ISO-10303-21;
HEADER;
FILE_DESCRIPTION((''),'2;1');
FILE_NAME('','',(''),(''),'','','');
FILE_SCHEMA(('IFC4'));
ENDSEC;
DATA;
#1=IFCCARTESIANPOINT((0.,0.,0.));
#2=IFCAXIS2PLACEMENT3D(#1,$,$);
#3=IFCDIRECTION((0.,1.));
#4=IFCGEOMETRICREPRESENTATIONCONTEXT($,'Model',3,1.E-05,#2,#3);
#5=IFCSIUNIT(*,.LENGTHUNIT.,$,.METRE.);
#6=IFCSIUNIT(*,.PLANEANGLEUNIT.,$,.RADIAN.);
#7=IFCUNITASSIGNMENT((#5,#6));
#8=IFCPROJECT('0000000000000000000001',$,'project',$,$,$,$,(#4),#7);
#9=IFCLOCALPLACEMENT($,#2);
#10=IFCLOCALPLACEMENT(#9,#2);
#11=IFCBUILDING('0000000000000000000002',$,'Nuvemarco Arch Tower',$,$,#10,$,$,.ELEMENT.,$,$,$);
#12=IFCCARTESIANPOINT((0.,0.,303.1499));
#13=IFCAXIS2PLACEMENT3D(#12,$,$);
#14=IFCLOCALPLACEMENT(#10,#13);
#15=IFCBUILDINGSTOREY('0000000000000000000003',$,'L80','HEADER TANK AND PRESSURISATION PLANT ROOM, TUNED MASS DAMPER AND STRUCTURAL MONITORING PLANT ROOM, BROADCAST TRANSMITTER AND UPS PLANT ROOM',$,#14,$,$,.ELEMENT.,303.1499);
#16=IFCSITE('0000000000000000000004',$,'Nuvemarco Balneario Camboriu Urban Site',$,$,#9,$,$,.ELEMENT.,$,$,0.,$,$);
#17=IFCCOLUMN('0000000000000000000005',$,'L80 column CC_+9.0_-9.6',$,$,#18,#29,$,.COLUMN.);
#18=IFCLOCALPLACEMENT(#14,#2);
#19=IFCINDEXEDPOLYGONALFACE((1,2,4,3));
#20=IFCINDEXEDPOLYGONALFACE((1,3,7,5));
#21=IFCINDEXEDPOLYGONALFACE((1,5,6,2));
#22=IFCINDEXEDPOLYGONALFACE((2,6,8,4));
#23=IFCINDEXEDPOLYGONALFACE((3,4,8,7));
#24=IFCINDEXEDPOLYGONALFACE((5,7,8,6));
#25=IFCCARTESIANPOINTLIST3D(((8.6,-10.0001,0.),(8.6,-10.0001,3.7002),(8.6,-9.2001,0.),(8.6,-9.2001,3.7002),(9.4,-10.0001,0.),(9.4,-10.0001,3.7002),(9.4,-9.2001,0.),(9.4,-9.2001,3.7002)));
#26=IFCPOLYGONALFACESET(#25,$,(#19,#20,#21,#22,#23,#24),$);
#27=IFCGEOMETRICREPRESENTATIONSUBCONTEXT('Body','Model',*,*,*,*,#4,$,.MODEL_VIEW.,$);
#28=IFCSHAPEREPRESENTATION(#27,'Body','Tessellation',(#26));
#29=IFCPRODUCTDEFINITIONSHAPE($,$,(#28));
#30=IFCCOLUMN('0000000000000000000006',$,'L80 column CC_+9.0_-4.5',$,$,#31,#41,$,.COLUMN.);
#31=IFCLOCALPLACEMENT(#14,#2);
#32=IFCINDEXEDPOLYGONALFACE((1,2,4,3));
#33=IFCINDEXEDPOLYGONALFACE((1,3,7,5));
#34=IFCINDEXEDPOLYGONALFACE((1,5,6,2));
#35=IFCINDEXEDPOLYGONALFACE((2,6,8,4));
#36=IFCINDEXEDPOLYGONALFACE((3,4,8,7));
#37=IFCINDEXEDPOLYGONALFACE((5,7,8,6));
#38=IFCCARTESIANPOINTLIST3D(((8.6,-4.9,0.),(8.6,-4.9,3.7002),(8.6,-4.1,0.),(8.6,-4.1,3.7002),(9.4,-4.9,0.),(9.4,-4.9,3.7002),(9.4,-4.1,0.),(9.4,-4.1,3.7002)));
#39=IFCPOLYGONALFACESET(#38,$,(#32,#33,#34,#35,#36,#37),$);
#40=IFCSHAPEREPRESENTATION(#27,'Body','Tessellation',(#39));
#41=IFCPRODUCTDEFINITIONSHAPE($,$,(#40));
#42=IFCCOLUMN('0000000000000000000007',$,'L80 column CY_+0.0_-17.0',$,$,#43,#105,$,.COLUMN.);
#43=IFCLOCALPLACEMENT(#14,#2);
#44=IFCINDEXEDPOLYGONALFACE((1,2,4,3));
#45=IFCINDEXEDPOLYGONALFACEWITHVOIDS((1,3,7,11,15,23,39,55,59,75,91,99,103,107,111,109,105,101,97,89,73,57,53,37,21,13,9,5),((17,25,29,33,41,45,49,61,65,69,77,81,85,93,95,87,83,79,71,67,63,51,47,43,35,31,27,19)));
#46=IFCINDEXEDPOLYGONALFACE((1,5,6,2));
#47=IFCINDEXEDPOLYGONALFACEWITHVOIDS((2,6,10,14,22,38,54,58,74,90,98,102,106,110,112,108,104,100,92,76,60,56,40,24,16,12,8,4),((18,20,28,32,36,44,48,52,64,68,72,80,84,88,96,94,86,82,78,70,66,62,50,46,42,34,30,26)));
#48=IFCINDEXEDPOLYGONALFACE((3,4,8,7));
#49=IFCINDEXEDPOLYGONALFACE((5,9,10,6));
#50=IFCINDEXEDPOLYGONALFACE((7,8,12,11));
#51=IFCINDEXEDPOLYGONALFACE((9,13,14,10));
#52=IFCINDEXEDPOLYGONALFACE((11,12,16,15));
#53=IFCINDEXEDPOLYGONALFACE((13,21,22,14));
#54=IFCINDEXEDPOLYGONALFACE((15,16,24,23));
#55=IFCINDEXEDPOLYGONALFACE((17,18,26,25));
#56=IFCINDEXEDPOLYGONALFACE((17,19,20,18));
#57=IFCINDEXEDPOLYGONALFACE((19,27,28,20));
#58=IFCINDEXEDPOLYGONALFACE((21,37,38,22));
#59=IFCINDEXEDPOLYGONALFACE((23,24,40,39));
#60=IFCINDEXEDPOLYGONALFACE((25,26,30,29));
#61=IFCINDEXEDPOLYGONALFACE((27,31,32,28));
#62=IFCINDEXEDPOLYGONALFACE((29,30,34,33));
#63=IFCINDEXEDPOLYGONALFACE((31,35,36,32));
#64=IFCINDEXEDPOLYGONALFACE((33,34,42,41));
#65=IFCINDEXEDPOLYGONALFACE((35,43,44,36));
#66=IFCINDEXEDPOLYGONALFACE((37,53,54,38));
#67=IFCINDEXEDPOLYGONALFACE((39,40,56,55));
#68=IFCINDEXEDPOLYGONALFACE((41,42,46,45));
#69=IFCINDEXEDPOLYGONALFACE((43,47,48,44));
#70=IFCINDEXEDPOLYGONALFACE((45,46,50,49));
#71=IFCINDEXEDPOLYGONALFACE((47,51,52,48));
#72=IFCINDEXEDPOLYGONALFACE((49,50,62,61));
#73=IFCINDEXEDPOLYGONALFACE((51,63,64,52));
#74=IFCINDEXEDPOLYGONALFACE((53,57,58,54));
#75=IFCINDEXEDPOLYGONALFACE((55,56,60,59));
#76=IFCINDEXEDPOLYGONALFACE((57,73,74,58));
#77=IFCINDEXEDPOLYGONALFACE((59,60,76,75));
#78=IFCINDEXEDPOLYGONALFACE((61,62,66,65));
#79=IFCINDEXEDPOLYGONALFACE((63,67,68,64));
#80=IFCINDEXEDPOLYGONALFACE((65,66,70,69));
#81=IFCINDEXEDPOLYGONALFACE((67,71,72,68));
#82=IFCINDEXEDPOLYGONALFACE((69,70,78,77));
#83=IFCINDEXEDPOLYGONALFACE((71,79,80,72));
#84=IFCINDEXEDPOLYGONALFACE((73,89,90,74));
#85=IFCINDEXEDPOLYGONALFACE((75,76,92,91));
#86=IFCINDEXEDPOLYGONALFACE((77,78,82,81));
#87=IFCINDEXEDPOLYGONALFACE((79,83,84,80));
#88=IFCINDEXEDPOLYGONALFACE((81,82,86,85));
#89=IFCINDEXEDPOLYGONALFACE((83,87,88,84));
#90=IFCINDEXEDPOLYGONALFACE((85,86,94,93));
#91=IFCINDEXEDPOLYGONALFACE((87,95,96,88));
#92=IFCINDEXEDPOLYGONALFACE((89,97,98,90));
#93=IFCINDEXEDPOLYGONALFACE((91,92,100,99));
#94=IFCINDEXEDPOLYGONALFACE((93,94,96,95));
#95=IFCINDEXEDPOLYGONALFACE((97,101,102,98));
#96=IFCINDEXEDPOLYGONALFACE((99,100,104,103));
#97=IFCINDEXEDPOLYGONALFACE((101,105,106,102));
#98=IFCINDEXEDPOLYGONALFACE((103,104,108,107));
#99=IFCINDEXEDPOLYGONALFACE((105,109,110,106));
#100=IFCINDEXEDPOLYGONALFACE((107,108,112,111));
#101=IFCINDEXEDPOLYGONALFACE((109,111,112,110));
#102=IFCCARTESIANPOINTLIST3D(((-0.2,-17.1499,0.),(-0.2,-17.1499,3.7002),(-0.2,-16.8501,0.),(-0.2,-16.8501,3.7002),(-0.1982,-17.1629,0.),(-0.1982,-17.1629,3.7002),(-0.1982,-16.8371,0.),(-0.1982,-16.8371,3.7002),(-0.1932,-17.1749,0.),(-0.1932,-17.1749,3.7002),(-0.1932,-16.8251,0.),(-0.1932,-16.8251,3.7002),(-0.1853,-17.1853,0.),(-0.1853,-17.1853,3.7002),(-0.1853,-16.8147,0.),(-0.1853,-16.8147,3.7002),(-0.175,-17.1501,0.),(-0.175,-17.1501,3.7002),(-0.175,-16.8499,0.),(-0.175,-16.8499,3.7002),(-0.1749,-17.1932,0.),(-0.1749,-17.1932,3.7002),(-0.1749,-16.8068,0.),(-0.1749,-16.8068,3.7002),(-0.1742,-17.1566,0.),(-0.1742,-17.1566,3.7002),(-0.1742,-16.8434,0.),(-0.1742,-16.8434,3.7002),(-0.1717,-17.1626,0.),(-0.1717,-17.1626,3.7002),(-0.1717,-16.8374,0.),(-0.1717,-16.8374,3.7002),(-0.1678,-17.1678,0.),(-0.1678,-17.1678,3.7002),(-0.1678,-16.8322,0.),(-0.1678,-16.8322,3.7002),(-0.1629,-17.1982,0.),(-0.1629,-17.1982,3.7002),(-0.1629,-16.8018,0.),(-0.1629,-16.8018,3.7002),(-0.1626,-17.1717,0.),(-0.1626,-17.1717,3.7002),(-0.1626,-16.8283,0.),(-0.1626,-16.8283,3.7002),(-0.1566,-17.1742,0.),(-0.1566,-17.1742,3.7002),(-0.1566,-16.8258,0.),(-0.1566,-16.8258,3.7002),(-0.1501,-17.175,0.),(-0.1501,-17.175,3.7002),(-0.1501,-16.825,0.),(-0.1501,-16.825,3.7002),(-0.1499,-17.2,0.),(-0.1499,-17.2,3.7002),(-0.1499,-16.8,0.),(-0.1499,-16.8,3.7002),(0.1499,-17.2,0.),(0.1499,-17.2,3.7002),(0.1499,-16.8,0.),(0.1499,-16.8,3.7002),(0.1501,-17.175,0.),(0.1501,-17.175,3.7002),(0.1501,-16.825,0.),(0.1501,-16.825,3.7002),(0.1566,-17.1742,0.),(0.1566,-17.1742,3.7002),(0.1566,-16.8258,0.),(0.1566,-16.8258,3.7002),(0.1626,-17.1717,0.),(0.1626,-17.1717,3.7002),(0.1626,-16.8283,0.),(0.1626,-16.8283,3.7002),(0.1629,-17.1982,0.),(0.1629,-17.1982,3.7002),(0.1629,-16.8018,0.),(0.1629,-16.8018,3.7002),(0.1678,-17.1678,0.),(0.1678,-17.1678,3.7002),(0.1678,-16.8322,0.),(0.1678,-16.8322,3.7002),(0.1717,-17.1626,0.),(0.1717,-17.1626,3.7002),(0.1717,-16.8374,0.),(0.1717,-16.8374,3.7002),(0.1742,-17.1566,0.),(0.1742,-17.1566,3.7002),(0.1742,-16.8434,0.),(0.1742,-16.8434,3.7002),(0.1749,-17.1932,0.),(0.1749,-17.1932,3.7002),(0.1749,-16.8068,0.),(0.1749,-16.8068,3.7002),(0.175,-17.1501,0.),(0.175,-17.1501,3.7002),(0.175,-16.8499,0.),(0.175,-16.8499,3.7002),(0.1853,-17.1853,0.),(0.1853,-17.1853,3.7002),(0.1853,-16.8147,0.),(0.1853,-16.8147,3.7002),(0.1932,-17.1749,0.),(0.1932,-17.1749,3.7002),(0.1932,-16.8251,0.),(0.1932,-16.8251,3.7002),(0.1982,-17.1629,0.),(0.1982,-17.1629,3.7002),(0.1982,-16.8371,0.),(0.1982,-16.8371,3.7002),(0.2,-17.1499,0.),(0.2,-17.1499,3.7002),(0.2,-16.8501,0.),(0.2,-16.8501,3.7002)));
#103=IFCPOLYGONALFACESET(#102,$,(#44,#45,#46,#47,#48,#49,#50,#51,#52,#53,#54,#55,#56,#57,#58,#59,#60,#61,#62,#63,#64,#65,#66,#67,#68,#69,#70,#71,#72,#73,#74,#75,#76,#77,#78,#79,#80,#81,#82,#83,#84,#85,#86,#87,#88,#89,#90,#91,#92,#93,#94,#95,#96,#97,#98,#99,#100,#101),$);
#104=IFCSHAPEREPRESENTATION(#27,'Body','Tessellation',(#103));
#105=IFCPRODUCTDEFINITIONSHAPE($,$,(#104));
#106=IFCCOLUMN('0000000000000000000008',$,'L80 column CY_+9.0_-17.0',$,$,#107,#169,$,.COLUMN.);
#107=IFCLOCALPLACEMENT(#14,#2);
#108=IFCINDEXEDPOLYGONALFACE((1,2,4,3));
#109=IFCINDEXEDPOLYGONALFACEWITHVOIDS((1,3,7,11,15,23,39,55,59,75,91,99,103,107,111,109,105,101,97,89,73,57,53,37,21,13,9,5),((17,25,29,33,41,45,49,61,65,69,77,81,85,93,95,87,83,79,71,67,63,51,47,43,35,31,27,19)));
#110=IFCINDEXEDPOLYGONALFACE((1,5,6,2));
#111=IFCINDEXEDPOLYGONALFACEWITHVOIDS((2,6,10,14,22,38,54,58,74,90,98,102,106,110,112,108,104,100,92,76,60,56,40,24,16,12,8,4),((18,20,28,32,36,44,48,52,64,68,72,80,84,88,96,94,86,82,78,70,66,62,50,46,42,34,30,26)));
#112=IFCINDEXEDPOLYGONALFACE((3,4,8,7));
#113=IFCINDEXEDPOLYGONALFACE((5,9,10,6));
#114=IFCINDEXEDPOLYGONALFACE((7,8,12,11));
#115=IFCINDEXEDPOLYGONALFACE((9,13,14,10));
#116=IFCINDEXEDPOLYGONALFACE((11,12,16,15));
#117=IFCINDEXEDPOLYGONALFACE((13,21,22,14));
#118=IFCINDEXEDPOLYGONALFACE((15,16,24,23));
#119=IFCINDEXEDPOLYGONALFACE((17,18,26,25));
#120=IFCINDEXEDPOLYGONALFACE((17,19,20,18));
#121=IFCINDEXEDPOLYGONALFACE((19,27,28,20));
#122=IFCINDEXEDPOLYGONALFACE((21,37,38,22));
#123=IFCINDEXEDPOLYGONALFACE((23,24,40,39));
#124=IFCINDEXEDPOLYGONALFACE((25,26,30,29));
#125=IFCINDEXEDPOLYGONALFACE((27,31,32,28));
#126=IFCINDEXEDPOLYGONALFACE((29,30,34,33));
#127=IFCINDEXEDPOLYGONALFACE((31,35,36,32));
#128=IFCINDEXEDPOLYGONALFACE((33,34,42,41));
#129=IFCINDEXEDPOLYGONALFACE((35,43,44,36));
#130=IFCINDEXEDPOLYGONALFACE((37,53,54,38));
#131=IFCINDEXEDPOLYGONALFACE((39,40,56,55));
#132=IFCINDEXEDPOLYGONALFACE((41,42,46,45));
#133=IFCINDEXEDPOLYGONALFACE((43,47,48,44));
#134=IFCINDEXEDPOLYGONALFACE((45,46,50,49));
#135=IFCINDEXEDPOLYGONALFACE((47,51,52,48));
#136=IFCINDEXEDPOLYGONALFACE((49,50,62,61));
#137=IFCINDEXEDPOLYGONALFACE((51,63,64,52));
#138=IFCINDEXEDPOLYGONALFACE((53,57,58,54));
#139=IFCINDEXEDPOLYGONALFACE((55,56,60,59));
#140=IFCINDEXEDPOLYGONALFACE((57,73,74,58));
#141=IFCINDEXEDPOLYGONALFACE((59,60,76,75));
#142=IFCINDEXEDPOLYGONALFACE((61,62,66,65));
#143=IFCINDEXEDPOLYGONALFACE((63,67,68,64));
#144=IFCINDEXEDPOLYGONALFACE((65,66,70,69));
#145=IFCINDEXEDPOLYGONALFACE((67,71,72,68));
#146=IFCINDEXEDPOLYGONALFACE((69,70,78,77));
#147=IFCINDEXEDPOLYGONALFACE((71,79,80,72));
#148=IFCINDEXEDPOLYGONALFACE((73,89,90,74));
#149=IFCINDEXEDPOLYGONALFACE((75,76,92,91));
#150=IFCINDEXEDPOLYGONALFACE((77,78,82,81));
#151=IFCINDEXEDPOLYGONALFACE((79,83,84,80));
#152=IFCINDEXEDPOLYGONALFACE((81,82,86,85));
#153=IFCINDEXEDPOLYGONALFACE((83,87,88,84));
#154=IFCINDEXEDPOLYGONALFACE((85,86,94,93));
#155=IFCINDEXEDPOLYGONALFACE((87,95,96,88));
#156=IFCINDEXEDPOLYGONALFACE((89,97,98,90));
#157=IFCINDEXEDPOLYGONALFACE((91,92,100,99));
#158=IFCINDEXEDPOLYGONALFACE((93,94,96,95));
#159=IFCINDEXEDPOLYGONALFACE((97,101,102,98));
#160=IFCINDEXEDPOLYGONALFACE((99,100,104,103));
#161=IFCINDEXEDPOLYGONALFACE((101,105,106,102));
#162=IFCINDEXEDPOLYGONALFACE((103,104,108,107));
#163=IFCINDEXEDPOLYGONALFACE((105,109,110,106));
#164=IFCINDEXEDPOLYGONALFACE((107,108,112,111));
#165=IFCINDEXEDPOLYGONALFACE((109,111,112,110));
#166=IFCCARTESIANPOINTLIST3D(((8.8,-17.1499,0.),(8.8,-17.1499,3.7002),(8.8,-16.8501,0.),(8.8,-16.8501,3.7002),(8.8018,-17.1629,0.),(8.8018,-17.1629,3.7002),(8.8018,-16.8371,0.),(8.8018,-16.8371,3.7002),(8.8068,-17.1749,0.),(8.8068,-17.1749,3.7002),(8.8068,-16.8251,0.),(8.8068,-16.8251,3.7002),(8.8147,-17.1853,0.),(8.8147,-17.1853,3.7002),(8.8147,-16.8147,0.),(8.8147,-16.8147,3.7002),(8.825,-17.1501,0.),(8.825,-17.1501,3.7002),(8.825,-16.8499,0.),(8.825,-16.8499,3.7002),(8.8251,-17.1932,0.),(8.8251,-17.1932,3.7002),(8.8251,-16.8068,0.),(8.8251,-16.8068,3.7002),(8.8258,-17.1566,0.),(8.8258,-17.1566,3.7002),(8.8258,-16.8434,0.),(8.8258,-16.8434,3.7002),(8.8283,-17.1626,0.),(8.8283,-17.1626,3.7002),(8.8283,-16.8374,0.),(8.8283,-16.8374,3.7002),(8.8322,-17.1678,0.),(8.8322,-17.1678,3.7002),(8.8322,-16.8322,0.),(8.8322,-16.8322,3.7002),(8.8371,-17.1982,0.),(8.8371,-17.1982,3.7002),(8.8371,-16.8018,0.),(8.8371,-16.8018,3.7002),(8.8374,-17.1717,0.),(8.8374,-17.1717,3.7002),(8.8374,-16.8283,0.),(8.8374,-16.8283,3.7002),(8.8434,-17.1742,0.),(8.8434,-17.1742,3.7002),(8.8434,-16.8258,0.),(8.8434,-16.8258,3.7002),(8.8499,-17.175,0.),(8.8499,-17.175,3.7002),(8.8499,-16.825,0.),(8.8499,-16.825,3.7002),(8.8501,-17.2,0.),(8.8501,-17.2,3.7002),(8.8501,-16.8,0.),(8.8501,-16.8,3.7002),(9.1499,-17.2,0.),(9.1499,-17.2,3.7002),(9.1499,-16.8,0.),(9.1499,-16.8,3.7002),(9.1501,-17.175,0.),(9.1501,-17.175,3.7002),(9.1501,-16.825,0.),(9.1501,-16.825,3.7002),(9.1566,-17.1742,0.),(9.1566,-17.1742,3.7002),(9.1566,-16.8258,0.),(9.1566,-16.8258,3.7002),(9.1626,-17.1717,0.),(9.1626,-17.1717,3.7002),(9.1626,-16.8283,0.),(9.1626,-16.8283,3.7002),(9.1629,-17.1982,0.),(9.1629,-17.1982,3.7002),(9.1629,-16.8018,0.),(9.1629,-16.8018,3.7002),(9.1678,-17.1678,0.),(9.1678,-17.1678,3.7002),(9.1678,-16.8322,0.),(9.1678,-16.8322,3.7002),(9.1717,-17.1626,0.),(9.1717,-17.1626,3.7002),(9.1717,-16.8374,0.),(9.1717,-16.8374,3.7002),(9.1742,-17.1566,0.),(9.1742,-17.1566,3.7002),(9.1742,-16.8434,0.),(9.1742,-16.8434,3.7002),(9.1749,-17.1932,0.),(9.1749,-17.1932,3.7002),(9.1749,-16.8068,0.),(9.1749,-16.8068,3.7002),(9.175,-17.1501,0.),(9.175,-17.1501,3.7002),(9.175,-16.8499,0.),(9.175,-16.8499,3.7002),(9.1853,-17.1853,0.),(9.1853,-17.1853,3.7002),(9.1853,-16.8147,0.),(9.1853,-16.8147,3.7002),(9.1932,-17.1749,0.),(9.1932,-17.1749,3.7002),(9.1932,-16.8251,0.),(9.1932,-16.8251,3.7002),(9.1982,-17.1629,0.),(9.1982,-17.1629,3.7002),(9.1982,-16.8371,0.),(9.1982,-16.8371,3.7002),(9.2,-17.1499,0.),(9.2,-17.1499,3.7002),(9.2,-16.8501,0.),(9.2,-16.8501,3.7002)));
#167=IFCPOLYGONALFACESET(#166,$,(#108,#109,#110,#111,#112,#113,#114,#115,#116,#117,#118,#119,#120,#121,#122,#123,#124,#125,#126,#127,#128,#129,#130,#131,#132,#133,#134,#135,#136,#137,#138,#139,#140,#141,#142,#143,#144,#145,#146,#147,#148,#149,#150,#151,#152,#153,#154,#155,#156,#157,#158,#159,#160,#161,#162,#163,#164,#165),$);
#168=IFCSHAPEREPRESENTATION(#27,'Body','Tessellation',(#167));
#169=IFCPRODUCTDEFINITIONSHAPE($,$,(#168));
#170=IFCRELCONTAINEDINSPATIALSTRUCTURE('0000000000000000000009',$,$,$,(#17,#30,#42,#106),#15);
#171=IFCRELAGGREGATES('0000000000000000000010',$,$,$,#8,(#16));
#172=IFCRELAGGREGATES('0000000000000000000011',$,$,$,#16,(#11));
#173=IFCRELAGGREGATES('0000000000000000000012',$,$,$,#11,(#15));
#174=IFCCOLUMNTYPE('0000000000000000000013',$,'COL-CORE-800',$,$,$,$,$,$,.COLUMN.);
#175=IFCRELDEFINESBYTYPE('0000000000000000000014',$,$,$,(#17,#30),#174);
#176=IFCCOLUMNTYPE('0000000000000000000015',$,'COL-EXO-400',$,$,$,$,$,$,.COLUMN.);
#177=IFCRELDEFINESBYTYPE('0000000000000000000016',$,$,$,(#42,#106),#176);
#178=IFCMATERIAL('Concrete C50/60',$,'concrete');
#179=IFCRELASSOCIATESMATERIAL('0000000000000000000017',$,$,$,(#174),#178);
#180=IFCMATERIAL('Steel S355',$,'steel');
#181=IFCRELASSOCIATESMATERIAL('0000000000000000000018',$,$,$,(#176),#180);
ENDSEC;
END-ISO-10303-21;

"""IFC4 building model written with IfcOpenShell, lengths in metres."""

from ifc_helpers import new_model, si_unit, direction, frame, origin, origin_2d, place, context, subcontext, project, spatial, rectangle, hollow_rectangle, extrude, material, material_profile, profile_set, type_object, element, save


model = new_model("IFC4")

# Units and contexts
model_context = context("Model", 3, precision=1e-05, world=origin(), true_north=direction((0.0, 1.0)))
body_context = subcontext(model_context, "Body", "Model", "MODEL_VIEW")
ifc_project = project(units=[si_unit("LENGTHUNIT", "METRE"), si_unit("PLANEANGLEUNIT", "RADIAN")], contexts=[model_context])

# Site, building, storey
site_placement = place(None, origin())
site = spatial("IfcSite", under=ifc_project, at=site_placement, Name="Nuvemarco Balneario Camboriu Urban Site", CompositionType="ELEMENT", RefElevation=0.0)
building_placement = place(site_placement, origin())
building = spatial("IfcBuilding", under=site, at=building_placement, Name="Nuvemarco Arch Tower", CompositionType="ELEMENT")
storey_placement = place(building_placement, frame((0.0, 0.0, 303.1499)))
storey = spatial("IfcBuildingStorey", under=building, at=storey_placement, Name="L80", Description="HEADER TANK AND PRESSURISATION PLANT ROOM, TUNED MASS DAMPER AND STRUCTURAL MONITORING PLANT ROOM, BROADCAST TRANSMITTER AND UPS PLANT ROOM", CompositionType="ELEMENT", Elevation=303.1499)

# Columns
ifc_material_1 = material(Name="Concrete C50/60", Category="concrete")
ifc_material_profile_1 = material_profile(ifc_material_1, rectangle(XDim=0.8, YDim=0.8, at=origin_2d()), Name="RC-COL-800x800")
ifc_profile_set_1 = profile_set([ifc_material_profile_1], Name="Concrete C50/60")
column_type_1 = type_object("IfcColumnType", Name="COL-CORE-800", PredefinedType="COLUMN", material=ifc_profile_set_1)
for number, where, z_axis, x_axis, name in (
    (1, (9.0, -9.6001, 0.0), (0.0, 0.0, 1.0), (1.0, 0.0, 0.0), "L80 column CC_+9.0_-9.6"),
    (2, (9.0, -4.5, 0.0), (0.0, 0.0, 1.0), (1.0, 0.0, 0.0), "L80 column CC_+9.0_-4.5"),
):
    element("IfcColumn", number, at=place(storey_placement, frame(where, z_axis=z_axis, x_axis=x_axis)), inside=storey, type_object=column_type_1, Name=name, PredefinedType="COLUMN", context=body_context, shape_type="SweptSolid", body=[
        extrude(rectangle(XDim=0.8, YDim=0.8, at=origin_2d()), origin(), (0.0, 0.0, 1.0), 3.7002),
    ])
ifc_material_2 = material(Name="Steel S355", Category="steel")
ifc_material_profile_2 = material_profile(ifc_material_2, hollow_rectangle(XDim=0.3999, YDim=0.3999, WallThickness=0.0249, InnerFilletRadius=0.0249, OuterFilletRadius=0.05, at=origin_2d()), Name="SHS400x400x25")
ifc_profile_set_2 = profile_set([ifc_material_profile_2], Name="Steel S355")
column_type_2 = type_object("IfcColumnType", Name="COL-EXO-400", PredefinedType="COLUMN", material=ifc_profile_set_2)
for number, where, z_axis, x_axis, name in (
    (3, (0.0, -17.0, 0.0), (0.0, 0.0, 1.0), (1.0, 0.0, 0.0), "L80 column CY_+0.0_-17.0"),
    (4, (9.0, -17.0, 0.0), (0.0, 0.0, 1.0), (1.0, 0.0, 0.0), "L80 column CY_+9.0_-17.0"),
):
    element("IfcColumn", number, at=place(storey_placement, frame(where, z_axis=z_axis, x_axis=x_axis)), inside=storey, type_object=column_type_2, Name=name, PredefinedType="COLUMN", context=body_context, shape_type="SweptSolid", body=[
        extrude(hollow_rectangle(XDim=0.3999, YDim=0.3999, WallThickness=0.0249, InnerFilletRadius=0.0249, OuterFilletRadius=0.05, at=origin_2d()), origin(), (0.0, 0.0, 1.0), 3.7002),
    ])

save(model, "model.ifc")
